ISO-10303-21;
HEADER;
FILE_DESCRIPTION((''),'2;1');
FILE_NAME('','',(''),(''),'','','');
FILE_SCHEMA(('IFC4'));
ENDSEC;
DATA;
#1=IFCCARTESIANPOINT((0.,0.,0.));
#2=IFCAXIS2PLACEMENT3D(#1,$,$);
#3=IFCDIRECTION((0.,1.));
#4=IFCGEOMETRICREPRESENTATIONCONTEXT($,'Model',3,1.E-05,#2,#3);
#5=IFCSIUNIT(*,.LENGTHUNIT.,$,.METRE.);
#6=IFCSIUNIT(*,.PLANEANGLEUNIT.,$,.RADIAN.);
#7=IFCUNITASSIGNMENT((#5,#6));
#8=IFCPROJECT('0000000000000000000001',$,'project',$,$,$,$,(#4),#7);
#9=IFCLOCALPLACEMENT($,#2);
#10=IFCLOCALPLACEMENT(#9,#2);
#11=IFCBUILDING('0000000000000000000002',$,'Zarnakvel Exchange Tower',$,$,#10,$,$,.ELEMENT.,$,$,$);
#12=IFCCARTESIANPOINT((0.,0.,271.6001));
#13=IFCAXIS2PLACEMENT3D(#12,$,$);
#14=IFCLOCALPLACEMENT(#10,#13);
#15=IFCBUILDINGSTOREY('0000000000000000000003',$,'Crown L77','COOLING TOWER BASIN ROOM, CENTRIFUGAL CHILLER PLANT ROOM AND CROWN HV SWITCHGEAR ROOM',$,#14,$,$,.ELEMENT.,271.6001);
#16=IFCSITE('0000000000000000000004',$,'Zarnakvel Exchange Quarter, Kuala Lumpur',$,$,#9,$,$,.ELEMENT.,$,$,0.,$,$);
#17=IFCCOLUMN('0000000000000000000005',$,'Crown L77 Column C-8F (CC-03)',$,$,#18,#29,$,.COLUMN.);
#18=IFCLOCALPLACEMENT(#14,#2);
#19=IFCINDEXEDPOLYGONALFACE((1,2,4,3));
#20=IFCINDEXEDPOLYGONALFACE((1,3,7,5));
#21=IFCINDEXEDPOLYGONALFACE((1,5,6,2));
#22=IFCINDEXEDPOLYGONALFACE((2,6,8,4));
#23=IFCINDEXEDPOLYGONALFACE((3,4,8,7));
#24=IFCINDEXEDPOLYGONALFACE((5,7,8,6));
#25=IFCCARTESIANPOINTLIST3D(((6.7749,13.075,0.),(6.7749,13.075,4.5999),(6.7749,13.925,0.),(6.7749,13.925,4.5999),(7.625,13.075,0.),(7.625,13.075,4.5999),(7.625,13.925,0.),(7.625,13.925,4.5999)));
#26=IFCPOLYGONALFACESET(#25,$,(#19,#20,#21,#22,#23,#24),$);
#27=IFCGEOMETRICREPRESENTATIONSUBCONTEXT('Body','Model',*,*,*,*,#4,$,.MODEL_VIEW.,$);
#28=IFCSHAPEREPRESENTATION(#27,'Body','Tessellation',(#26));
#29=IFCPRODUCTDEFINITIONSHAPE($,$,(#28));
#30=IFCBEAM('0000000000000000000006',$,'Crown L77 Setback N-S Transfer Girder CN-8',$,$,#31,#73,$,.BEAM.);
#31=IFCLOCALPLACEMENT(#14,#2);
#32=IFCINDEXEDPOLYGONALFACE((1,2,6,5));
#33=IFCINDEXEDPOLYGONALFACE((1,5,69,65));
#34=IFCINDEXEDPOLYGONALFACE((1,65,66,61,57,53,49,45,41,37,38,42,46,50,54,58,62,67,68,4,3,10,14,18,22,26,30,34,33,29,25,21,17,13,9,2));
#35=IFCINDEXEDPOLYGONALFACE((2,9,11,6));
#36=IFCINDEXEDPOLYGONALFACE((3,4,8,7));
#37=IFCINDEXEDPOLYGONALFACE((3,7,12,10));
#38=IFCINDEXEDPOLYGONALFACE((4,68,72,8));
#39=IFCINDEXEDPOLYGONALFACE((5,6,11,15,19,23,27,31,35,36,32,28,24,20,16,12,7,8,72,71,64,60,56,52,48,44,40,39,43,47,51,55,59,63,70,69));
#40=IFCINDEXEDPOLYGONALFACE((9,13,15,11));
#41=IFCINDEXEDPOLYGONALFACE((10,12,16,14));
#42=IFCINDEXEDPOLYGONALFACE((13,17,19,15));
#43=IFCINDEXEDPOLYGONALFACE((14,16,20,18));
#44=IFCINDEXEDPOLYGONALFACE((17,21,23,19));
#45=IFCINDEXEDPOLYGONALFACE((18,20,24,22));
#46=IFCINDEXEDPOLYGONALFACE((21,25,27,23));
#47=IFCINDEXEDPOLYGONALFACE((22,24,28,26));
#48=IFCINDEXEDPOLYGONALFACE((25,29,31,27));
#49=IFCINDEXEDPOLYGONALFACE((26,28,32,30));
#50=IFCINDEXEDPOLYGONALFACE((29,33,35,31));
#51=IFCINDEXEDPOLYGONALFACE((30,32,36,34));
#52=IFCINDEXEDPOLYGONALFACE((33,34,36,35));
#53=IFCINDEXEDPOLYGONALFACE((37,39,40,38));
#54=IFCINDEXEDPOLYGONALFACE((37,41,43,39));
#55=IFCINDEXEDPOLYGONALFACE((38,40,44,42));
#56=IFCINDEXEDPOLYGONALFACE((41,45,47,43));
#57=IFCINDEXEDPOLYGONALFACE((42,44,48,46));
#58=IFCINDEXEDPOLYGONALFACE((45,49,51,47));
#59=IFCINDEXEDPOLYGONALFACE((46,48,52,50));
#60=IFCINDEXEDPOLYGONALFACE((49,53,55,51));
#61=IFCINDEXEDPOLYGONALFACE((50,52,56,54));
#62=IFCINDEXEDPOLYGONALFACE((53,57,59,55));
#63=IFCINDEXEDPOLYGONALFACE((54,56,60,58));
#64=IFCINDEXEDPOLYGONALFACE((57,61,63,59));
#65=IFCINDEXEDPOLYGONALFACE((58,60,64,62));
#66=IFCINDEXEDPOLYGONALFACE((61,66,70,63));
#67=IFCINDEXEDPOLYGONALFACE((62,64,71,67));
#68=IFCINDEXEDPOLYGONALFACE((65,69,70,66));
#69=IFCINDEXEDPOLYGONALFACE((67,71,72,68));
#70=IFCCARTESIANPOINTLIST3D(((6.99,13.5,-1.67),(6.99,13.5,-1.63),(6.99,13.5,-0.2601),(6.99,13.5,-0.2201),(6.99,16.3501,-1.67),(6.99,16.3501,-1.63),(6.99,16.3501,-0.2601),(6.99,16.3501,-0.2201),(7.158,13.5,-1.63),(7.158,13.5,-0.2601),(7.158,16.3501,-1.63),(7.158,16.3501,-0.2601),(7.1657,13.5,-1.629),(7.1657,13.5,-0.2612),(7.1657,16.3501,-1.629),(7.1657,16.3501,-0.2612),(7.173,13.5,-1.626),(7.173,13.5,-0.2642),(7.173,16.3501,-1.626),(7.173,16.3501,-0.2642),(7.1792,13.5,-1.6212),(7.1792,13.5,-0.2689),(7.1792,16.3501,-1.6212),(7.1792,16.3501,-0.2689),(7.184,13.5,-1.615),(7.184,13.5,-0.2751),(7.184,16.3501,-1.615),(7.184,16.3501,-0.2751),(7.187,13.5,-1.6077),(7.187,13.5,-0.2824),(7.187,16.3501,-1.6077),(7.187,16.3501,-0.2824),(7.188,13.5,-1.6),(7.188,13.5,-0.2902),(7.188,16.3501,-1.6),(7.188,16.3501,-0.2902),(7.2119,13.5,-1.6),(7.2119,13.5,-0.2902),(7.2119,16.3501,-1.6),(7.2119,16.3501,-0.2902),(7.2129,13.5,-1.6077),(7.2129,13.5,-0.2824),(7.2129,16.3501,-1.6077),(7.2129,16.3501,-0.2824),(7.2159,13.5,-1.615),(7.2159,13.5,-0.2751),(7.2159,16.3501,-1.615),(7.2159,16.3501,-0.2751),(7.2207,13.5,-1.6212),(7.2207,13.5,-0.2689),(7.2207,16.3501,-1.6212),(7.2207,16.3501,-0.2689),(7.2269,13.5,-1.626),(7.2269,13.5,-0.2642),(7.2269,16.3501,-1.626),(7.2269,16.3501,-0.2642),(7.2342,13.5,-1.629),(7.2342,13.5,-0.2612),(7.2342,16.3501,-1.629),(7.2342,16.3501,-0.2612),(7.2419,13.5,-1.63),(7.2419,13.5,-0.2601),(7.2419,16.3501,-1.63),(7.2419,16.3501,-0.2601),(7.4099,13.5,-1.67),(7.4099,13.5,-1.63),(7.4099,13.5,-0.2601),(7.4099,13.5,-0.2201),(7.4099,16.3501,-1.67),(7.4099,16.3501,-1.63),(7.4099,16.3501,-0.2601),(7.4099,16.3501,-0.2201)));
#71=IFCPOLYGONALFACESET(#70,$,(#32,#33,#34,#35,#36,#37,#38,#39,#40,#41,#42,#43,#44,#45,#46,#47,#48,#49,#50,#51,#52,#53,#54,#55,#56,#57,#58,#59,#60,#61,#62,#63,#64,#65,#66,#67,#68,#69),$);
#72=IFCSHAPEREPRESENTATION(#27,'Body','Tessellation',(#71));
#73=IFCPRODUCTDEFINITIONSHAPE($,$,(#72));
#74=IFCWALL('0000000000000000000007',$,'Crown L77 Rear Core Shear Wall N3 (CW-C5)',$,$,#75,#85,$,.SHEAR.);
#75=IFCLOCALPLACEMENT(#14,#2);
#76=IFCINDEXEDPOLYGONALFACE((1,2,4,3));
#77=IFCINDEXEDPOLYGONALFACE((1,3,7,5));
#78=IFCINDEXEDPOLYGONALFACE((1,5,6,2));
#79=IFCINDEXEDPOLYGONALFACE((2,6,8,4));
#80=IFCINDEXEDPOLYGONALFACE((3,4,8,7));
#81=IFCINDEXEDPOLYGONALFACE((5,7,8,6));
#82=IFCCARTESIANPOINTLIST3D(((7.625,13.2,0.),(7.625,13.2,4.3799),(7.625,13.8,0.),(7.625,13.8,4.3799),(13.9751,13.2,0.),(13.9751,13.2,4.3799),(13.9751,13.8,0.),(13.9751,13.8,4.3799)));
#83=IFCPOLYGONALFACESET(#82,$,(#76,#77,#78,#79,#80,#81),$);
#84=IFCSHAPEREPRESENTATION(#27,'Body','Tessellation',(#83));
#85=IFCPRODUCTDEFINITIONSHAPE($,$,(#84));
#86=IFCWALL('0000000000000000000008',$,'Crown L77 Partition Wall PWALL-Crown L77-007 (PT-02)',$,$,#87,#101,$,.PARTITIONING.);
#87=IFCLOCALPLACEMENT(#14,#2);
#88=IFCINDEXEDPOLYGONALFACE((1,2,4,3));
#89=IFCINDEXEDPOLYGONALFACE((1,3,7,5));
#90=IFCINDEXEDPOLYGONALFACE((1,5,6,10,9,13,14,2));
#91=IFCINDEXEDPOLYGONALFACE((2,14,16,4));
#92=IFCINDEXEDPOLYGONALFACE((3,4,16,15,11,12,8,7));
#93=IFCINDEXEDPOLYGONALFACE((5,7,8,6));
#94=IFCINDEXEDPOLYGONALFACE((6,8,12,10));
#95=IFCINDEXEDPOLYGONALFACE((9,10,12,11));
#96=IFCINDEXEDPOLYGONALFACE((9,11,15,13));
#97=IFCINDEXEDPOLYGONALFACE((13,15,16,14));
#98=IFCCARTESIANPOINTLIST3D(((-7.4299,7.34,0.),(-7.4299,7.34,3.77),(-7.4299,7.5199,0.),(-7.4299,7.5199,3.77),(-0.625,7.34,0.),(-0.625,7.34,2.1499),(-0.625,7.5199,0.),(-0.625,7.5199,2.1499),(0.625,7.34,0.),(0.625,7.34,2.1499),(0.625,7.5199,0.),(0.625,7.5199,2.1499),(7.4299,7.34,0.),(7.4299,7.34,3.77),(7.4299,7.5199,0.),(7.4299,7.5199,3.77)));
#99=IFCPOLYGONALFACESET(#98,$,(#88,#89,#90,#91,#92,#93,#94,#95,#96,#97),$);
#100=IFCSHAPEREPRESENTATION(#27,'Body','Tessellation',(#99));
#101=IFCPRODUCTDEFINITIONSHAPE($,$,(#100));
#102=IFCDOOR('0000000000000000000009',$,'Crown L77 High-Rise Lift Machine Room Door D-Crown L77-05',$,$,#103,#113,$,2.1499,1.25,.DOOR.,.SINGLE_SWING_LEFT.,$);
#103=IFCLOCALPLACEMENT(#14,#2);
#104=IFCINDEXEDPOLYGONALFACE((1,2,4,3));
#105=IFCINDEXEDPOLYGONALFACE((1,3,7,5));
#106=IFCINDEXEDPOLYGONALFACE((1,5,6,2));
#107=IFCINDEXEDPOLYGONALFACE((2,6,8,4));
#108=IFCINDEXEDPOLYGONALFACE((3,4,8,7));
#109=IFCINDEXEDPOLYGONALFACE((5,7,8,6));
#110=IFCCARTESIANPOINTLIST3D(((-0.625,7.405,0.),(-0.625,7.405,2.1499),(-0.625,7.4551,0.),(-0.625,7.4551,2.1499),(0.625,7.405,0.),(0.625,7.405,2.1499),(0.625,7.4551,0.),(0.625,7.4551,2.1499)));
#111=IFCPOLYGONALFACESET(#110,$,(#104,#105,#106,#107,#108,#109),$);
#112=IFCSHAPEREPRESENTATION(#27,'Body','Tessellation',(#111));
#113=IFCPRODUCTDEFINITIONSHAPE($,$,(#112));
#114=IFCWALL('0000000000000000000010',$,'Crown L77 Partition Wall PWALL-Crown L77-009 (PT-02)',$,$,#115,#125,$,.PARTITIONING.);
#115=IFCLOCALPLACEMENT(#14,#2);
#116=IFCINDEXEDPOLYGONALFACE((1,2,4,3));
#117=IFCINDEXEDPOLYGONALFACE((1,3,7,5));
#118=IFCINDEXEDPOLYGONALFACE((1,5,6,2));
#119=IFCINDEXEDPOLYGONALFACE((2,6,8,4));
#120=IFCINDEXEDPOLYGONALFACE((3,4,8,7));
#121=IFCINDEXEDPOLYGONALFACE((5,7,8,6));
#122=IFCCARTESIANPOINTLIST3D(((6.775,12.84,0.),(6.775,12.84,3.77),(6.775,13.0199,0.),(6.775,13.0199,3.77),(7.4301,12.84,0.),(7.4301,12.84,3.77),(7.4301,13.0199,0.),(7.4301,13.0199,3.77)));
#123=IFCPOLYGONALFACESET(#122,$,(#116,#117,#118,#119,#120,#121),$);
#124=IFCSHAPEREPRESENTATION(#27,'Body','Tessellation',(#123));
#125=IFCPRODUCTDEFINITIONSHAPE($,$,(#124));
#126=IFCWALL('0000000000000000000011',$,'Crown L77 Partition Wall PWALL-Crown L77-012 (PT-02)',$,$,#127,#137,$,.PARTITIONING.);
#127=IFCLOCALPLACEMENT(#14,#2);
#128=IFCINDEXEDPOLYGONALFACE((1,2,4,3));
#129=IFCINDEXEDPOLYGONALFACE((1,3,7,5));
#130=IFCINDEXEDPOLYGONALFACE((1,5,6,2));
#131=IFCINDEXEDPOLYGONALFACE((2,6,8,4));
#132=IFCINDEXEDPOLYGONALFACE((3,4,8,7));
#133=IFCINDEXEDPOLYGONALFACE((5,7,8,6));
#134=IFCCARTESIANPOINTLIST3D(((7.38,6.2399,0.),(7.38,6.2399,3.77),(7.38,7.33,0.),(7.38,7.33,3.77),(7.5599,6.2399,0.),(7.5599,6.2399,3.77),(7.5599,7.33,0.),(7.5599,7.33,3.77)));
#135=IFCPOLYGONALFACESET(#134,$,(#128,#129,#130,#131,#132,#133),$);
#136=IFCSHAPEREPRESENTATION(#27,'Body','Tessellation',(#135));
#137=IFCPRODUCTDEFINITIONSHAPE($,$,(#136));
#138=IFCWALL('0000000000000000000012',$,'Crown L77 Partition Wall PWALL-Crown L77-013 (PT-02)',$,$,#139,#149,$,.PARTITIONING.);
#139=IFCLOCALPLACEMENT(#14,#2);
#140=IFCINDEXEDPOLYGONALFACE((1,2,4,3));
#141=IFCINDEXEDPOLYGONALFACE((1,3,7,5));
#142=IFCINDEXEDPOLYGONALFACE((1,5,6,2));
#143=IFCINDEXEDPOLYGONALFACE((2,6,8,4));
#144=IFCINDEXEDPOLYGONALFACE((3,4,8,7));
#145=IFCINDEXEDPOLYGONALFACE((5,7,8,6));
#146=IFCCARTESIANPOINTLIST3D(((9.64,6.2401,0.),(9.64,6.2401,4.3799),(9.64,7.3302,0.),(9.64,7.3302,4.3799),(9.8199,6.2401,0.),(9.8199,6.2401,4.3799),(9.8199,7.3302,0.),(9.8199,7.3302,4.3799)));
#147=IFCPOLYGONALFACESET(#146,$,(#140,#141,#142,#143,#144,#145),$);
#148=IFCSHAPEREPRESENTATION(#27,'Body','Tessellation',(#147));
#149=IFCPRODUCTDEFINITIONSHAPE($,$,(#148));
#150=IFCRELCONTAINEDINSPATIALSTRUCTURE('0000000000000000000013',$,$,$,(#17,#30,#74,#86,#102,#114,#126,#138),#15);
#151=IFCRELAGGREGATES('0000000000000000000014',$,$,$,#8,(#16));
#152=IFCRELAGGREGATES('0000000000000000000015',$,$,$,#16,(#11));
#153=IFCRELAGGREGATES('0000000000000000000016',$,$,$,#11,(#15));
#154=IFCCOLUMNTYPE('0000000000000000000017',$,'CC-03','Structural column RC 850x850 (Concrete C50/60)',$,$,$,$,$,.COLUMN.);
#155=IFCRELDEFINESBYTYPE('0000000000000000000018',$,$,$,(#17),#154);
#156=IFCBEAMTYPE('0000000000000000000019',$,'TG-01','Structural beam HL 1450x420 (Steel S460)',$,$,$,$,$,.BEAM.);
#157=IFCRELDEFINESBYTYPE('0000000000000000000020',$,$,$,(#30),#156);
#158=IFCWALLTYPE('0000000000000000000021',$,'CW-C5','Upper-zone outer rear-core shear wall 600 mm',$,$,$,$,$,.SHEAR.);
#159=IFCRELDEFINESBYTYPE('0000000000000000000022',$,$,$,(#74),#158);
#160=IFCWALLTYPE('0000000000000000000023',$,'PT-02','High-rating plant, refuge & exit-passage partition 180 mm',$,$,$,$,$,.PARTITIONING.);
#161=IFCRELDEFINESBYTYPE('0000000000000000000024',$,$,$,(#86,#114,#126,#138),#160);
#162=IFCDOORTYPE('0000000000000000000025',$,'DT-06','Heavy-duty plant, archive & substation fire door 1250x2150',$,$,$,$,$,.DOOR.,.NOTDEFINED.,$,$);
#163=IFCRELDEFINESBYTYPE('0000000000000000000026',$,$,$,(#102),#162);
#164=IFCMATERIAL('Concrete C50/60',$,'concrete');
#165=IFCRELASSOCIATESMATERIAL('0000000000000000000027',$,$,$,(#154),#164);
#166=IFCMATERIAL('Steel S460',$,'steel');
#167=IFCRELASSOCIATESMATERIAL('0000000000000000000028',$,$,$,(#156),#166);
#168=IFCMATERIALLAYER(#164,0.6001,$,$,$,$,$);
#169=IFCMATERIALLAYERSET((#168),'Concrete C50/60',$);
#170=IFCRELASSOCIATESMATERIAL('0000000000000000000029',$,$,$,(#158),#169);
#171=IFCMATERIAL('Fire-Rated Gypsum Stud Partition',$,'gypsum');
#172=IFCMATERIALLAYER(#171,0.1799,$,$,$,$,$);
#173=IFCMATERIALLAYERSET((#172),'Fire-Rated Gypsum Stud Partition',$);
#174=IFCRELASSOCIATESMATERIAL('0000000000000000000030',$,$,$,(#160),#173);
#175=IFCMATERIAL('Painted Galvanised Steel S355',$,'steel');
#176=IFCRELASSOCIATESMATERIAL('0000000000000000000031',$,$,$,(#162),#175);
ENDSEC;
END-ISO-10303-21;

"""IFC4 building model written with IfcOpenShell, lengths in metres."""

from ifc_helpers import new_model, si_unit, direction, frame, frame_2d, origin, origin_2d, place, context, subcontext, project, spatial, rectangle, i_section, extrude, source, transform, mapped, material, layer, layer_set, material_profile, profile_set, type_object, element, fill, save


model = new_model("IFC4")

# Units and contexts
model_context = context("Model", 3, precision=1e-05, world=origin(), true_north=direction((0.0, 1.0)))
body_context = subcontext(model_context, "Body", "Model", "MODEL_VIEW")
ifc_project = project(units=[si_unit("LENGTHUNIT", "METRE"), si_unit("PLANEANGLEUNIT", "RADIAN")], contexts=[model_context])

# Site, building, storey
site_placement = place(None, origin())
site = spatial("IfcSite", under=ifc_project, at=site_placement, Name="Zarnakvel Exchange Quarter, Kuala Lumpur", CompositionType="ELEMENT", RefElevation=0.0)
building_placement = place(site_placement, origin())
building = spatial("IfcBuilding", under=site, at=building_placement, Name="Zarnakvel Exchange Tower", CompositionType="ELEMENT")
storey_placement = place(building_placement, frame((0.0, 0.0, 271.6001)))
storey = spatial("IfcBuildingStorey", under=building, at=storey_placement, Name="Crown L77", Description="COOLING TOWER BASIN ROOM, CENTRIFUGAL CHILLER PLANT ROOM AND CROWN HV SWITCHGEAR ROOM", CompositionType="ELEMENT", Elevation=271.6001)

# Column
ifc_material_1 = material(Name="Concrete C50/60", Category="concrete")
ifc_material_profile_1 = material_profile(ifc_material_1, rectangle(XDim=0.8501, YDim=0.8501, at=origin_2d()))
ifc_profile_set_1 = profile_set([ifc_material_profile_1], Name="Concrete C50/60")
column_type = type_object("IfcColumnType", Name="CC-03", Description="Structural column RC 850x850 (Concrete C50/60)", PredefinedType="COLUMN", material=ifc_profile_set_1)
column_placement = place(storey_placement, frame((7.2, 13.5, 0.0), z_axis=(0.0, 0.0, 1.0), x_axis=(1.0, 0.0, 0.0)))
element("IfcColumn", 1, at=column_placement, inside=storey, type_object=column_type, Name="Crown L77 Column C-8F (CC-03)", PredefinedType="COLUMN", context=body_context, shape_type="SweptSolid", body=[
    extrude(rectangle(XDim=0.8501, YDim=0.8501, at=origin_2d()), origin(), (0.0, 0.0, 1.0), 4.5999),
])

# Beam
ifc_material_2 = material(Name="Steel S460", Category="steel")
ifc_material_profile_2 = material_profile(ifc_material_2, i_section(OverallWidth=0.4199, OverallDepth=1.45, WebThickness=0.0239, FlangeThickness=0.04, FilletRadius=0.03, at=origin_2d()))
ifc_profile_set_2 = profile_set([ifc_material_profile_2], Name="Steel S460")
beam_type = type_object("IfcBeamType", Name="TG-01", Description="Structural beam HL 1450x420 (Steel S460)", PredefinedType="BEAM", material=ifc_profile_set_2)
beam_placement = place(storey_placement, frame((7.2, 13.5, -0.9451), z_axis=(0.0, 1.0, 0.0), x_axis=(-1.0, 0.0, 0.0)))
element("IfcBeam", 2, at=beam_placement, inside=storey, type_object=beam_type, Name="Crown L77 Setback N-S Transfer Girder CN-8", PredefinedType="BEAM", context=body_context, shape_type="SweptSolid", body=[
    extrude(i_section(OverallWidth=0.4199, OverallDepth=1.45, WebThickness=0.0239, FlangeThickness=0.04, FilletRadius=0.03, at=origin_2d()), origin(), (0.0, 0.0, 1.0), 2.8501),
])

# Wall
ifc_layer_1 = layer(ifc_material_1, 0.6001)
ifc_layer_set_1 = layer_set([ifc_layer_1], Name="Concrete C50/60")
wall_type_1 = type_object("IfcWallType", Name="CW-C5", Description="Upper-zone outer rear-core shear wall 600 mm", PredefinedType="SHEAR", material=ifc_layer_set_1)
wall_1_placement = place(storey_placement, frame((7.625, 13.5, 0.0), z_axis=(0.0, 0.0, 1.0), x_axis=(1.0, 0.0, 0.0)))
element("IfcWall", 3, at=wall_1_placement, inside=storey, type_object=wall_type_1, Name="Crown L77 Rear Core Shear Wall N3 (CW-C5)", PredefinedType="SHEAR", context=body_context, shape_type="SweptSolid", body=[
    extrude(rectangle(XDim=6.3501, YDim=0.6001, at=frame_2d((3.175, 0.0))), origin(), (0.0, 0.0, 1.0), 4.3799),
])

# Wall, opening, door
ifc_material_3 = material(Name="Fire-Rated Gypsum Stud Partition", Category="gypsum")
ifc_layer_2 = layer(ifc_material_3, 0.1799)
ifc_layer_set_2 = layer_set([ifc_layer_2], Name="Fire-Rated Gypsum Stud Partition")
wall_type_2 = type_object("IfcWallType", Name="PT-02", Description="High-rating plant, refuge & exit-passage partition 180 mm", PredefinedType="PARTITIONING", material=ifc_layer_set_2)
wall_2_placement = place(storey_placement, frame((7.4299, 7.4299, 0.0), z_axis=(0.0, 0.0, 1.0), x_axis=(-1.0, 0.0, 0.0)))
wall_2 = element("IfcWall", 4, at=wall_2_placement, inside=storey, type_object=wall_type_2, Name="Crown L77 Partition Wall PWALL-Crown L77-007 (PT-02)", PredefinedType="PARTITIONING", context=body_context, shape_type="SweptSolid", body=[
    extrude(rectangle(XDim=14.8599, YDim=0.1799, at=frame_2d((7.4299, 0.0))), origin(), (0.0, 0.0, 1.0), 3.77),
])
opening_1_placement = place(wall_2_placement, frame((6.8049, 0.0, 0.0)))
opening_1 = element("IfcOpeningElement", 5, at=opening_1_placement, cuts=wall_2, PredefinedType="OPENING", context=body_context, shape_type="SweptSolid", body=[
    extrude(rectangle(XDim=1.25, YDim=2.1499, at=frame_2d((0.625, 1.075))), frame((0.0, 0.0999, 0.0), z_axis=(0.0, -1.0, 0.0), x_axis=(1.0, 0.0, 0.0)), (0.0, 0.0, 1.0), 0.2),
])
ifc_material_4 = material(Name="Painted Galvanised Steel S355", Category="steel")
door_type_1 = type_object("IfcDoorType", Name="DT-06", Description="Heavy-duty plant, archive & substation fire door 1250x2150", OperationType="NOTDEFINED", PredefinedType="DOOR", material=ifc_material_4)
shared_shape_1 = source(origin(), body_context, "Body", "SweptSolid", [
    extrude(rectangle(XDim=1.25, YDim=2.1499, at=frame_2d((0.625, 1.075))), frame((0.0, 0.0249, 0.0), z_axis=(0.0, -1.0, 0.0), x_axis=(1.0, 0.0, 0.0)), (0.0, 0.0, 1.0), 0.05),
])
door_1_placement = place(opening_1_placement, origin())
door_1 = element("IfcDoor", 6, at=door_1_placement, inside=storey, type_object=door_type_1, Name="Crown L77 High-Rise Lift Machine Room Door D-Crown L77-05", OperationType="SINGLE_SWING_LEFT", OverallHeight=2.1499, OverallWidth=1.25, PredefinedType="DOOR", context=body_context, shape_type="MappedRepresentation", body=[
    mapped(shared_shape_1, transform((0.0, 0.0, 0.0), x_axis=(1.0, 0.0, 0.0), y_axis=(0.0, 1.0, 0.0), z_axis=(0.0, 0.0, 1.0), scale=1.0)),
])
fill(opening_1, door_1)

# Walls
wall_3_placement = place(storey_placement, frame((6.7749, 12.9299, 0.0), z_axis=(0.0, 0.0, 1.0), x_axis=(1.0, 0.0, 0.0)))
element("IfcWall", 7, at=wall_3_placement, inside=storey, type_object=wall_type_2, Name="Crown L77 Partition Wall PWALL-Crown L77-009 (PT-02)", PredefinedType="PARTITIONING", context=body_context, shape_type="SweptSolid", body=[
    extrude(rectangle(XDim=0.655, YDim=0.1799, at=frame_2d((0.3276, 0.0))), origin(), (0.0, 0.0, 1.0), 3.77),
])
wall_4_placement = place(storey_placement, frame((7.47, 6.24, 0.0), z_axis=(0.0, 0.0, 1.0), x_axis=(0.0, 1.0, 0.0)))
element("IfcWall", 8, at=wall_4_placement, inside=storey, type_object=wall_type_2, Name="Crown L77 Partition Wall PWALL-Crown L77-012 (PT-02)", PredefinedType="PARTITIONING", context=body_context, shape_type="SweptSolid", body=[
    extrude(rectangle(XDim=1.0901, YDim=0.1799, at=frame_2d((0.5449, 0.0))), origin(), (0.0, 0.0, 1.0), 3.77),
])
wall_5_placement = place(storey_placement, frame((9.73, 7.3301, 0.0), z_axis=(0.0, 0.0, 1.0), x_axis=(0.0, -1.0, 0.0)))
element("IfcWall", 9, at=wall_5_placement, inside=storey, type_object=wall_type_2, Name="Crown L77 Partition Wall PWALL-Crown L77-013 (PT-02)", PredefinedType="PARTITIONING", context=body_context, shape_type="SweptSolid", body=[
    extrude(rectangle(XDim=1.0901, YDim=0.1799, at=frame_2d((0.5449, 0.0))), origin(), (0.0, 0.0, 1.0), 4.3799),
])

save(model, "model.ifc")
